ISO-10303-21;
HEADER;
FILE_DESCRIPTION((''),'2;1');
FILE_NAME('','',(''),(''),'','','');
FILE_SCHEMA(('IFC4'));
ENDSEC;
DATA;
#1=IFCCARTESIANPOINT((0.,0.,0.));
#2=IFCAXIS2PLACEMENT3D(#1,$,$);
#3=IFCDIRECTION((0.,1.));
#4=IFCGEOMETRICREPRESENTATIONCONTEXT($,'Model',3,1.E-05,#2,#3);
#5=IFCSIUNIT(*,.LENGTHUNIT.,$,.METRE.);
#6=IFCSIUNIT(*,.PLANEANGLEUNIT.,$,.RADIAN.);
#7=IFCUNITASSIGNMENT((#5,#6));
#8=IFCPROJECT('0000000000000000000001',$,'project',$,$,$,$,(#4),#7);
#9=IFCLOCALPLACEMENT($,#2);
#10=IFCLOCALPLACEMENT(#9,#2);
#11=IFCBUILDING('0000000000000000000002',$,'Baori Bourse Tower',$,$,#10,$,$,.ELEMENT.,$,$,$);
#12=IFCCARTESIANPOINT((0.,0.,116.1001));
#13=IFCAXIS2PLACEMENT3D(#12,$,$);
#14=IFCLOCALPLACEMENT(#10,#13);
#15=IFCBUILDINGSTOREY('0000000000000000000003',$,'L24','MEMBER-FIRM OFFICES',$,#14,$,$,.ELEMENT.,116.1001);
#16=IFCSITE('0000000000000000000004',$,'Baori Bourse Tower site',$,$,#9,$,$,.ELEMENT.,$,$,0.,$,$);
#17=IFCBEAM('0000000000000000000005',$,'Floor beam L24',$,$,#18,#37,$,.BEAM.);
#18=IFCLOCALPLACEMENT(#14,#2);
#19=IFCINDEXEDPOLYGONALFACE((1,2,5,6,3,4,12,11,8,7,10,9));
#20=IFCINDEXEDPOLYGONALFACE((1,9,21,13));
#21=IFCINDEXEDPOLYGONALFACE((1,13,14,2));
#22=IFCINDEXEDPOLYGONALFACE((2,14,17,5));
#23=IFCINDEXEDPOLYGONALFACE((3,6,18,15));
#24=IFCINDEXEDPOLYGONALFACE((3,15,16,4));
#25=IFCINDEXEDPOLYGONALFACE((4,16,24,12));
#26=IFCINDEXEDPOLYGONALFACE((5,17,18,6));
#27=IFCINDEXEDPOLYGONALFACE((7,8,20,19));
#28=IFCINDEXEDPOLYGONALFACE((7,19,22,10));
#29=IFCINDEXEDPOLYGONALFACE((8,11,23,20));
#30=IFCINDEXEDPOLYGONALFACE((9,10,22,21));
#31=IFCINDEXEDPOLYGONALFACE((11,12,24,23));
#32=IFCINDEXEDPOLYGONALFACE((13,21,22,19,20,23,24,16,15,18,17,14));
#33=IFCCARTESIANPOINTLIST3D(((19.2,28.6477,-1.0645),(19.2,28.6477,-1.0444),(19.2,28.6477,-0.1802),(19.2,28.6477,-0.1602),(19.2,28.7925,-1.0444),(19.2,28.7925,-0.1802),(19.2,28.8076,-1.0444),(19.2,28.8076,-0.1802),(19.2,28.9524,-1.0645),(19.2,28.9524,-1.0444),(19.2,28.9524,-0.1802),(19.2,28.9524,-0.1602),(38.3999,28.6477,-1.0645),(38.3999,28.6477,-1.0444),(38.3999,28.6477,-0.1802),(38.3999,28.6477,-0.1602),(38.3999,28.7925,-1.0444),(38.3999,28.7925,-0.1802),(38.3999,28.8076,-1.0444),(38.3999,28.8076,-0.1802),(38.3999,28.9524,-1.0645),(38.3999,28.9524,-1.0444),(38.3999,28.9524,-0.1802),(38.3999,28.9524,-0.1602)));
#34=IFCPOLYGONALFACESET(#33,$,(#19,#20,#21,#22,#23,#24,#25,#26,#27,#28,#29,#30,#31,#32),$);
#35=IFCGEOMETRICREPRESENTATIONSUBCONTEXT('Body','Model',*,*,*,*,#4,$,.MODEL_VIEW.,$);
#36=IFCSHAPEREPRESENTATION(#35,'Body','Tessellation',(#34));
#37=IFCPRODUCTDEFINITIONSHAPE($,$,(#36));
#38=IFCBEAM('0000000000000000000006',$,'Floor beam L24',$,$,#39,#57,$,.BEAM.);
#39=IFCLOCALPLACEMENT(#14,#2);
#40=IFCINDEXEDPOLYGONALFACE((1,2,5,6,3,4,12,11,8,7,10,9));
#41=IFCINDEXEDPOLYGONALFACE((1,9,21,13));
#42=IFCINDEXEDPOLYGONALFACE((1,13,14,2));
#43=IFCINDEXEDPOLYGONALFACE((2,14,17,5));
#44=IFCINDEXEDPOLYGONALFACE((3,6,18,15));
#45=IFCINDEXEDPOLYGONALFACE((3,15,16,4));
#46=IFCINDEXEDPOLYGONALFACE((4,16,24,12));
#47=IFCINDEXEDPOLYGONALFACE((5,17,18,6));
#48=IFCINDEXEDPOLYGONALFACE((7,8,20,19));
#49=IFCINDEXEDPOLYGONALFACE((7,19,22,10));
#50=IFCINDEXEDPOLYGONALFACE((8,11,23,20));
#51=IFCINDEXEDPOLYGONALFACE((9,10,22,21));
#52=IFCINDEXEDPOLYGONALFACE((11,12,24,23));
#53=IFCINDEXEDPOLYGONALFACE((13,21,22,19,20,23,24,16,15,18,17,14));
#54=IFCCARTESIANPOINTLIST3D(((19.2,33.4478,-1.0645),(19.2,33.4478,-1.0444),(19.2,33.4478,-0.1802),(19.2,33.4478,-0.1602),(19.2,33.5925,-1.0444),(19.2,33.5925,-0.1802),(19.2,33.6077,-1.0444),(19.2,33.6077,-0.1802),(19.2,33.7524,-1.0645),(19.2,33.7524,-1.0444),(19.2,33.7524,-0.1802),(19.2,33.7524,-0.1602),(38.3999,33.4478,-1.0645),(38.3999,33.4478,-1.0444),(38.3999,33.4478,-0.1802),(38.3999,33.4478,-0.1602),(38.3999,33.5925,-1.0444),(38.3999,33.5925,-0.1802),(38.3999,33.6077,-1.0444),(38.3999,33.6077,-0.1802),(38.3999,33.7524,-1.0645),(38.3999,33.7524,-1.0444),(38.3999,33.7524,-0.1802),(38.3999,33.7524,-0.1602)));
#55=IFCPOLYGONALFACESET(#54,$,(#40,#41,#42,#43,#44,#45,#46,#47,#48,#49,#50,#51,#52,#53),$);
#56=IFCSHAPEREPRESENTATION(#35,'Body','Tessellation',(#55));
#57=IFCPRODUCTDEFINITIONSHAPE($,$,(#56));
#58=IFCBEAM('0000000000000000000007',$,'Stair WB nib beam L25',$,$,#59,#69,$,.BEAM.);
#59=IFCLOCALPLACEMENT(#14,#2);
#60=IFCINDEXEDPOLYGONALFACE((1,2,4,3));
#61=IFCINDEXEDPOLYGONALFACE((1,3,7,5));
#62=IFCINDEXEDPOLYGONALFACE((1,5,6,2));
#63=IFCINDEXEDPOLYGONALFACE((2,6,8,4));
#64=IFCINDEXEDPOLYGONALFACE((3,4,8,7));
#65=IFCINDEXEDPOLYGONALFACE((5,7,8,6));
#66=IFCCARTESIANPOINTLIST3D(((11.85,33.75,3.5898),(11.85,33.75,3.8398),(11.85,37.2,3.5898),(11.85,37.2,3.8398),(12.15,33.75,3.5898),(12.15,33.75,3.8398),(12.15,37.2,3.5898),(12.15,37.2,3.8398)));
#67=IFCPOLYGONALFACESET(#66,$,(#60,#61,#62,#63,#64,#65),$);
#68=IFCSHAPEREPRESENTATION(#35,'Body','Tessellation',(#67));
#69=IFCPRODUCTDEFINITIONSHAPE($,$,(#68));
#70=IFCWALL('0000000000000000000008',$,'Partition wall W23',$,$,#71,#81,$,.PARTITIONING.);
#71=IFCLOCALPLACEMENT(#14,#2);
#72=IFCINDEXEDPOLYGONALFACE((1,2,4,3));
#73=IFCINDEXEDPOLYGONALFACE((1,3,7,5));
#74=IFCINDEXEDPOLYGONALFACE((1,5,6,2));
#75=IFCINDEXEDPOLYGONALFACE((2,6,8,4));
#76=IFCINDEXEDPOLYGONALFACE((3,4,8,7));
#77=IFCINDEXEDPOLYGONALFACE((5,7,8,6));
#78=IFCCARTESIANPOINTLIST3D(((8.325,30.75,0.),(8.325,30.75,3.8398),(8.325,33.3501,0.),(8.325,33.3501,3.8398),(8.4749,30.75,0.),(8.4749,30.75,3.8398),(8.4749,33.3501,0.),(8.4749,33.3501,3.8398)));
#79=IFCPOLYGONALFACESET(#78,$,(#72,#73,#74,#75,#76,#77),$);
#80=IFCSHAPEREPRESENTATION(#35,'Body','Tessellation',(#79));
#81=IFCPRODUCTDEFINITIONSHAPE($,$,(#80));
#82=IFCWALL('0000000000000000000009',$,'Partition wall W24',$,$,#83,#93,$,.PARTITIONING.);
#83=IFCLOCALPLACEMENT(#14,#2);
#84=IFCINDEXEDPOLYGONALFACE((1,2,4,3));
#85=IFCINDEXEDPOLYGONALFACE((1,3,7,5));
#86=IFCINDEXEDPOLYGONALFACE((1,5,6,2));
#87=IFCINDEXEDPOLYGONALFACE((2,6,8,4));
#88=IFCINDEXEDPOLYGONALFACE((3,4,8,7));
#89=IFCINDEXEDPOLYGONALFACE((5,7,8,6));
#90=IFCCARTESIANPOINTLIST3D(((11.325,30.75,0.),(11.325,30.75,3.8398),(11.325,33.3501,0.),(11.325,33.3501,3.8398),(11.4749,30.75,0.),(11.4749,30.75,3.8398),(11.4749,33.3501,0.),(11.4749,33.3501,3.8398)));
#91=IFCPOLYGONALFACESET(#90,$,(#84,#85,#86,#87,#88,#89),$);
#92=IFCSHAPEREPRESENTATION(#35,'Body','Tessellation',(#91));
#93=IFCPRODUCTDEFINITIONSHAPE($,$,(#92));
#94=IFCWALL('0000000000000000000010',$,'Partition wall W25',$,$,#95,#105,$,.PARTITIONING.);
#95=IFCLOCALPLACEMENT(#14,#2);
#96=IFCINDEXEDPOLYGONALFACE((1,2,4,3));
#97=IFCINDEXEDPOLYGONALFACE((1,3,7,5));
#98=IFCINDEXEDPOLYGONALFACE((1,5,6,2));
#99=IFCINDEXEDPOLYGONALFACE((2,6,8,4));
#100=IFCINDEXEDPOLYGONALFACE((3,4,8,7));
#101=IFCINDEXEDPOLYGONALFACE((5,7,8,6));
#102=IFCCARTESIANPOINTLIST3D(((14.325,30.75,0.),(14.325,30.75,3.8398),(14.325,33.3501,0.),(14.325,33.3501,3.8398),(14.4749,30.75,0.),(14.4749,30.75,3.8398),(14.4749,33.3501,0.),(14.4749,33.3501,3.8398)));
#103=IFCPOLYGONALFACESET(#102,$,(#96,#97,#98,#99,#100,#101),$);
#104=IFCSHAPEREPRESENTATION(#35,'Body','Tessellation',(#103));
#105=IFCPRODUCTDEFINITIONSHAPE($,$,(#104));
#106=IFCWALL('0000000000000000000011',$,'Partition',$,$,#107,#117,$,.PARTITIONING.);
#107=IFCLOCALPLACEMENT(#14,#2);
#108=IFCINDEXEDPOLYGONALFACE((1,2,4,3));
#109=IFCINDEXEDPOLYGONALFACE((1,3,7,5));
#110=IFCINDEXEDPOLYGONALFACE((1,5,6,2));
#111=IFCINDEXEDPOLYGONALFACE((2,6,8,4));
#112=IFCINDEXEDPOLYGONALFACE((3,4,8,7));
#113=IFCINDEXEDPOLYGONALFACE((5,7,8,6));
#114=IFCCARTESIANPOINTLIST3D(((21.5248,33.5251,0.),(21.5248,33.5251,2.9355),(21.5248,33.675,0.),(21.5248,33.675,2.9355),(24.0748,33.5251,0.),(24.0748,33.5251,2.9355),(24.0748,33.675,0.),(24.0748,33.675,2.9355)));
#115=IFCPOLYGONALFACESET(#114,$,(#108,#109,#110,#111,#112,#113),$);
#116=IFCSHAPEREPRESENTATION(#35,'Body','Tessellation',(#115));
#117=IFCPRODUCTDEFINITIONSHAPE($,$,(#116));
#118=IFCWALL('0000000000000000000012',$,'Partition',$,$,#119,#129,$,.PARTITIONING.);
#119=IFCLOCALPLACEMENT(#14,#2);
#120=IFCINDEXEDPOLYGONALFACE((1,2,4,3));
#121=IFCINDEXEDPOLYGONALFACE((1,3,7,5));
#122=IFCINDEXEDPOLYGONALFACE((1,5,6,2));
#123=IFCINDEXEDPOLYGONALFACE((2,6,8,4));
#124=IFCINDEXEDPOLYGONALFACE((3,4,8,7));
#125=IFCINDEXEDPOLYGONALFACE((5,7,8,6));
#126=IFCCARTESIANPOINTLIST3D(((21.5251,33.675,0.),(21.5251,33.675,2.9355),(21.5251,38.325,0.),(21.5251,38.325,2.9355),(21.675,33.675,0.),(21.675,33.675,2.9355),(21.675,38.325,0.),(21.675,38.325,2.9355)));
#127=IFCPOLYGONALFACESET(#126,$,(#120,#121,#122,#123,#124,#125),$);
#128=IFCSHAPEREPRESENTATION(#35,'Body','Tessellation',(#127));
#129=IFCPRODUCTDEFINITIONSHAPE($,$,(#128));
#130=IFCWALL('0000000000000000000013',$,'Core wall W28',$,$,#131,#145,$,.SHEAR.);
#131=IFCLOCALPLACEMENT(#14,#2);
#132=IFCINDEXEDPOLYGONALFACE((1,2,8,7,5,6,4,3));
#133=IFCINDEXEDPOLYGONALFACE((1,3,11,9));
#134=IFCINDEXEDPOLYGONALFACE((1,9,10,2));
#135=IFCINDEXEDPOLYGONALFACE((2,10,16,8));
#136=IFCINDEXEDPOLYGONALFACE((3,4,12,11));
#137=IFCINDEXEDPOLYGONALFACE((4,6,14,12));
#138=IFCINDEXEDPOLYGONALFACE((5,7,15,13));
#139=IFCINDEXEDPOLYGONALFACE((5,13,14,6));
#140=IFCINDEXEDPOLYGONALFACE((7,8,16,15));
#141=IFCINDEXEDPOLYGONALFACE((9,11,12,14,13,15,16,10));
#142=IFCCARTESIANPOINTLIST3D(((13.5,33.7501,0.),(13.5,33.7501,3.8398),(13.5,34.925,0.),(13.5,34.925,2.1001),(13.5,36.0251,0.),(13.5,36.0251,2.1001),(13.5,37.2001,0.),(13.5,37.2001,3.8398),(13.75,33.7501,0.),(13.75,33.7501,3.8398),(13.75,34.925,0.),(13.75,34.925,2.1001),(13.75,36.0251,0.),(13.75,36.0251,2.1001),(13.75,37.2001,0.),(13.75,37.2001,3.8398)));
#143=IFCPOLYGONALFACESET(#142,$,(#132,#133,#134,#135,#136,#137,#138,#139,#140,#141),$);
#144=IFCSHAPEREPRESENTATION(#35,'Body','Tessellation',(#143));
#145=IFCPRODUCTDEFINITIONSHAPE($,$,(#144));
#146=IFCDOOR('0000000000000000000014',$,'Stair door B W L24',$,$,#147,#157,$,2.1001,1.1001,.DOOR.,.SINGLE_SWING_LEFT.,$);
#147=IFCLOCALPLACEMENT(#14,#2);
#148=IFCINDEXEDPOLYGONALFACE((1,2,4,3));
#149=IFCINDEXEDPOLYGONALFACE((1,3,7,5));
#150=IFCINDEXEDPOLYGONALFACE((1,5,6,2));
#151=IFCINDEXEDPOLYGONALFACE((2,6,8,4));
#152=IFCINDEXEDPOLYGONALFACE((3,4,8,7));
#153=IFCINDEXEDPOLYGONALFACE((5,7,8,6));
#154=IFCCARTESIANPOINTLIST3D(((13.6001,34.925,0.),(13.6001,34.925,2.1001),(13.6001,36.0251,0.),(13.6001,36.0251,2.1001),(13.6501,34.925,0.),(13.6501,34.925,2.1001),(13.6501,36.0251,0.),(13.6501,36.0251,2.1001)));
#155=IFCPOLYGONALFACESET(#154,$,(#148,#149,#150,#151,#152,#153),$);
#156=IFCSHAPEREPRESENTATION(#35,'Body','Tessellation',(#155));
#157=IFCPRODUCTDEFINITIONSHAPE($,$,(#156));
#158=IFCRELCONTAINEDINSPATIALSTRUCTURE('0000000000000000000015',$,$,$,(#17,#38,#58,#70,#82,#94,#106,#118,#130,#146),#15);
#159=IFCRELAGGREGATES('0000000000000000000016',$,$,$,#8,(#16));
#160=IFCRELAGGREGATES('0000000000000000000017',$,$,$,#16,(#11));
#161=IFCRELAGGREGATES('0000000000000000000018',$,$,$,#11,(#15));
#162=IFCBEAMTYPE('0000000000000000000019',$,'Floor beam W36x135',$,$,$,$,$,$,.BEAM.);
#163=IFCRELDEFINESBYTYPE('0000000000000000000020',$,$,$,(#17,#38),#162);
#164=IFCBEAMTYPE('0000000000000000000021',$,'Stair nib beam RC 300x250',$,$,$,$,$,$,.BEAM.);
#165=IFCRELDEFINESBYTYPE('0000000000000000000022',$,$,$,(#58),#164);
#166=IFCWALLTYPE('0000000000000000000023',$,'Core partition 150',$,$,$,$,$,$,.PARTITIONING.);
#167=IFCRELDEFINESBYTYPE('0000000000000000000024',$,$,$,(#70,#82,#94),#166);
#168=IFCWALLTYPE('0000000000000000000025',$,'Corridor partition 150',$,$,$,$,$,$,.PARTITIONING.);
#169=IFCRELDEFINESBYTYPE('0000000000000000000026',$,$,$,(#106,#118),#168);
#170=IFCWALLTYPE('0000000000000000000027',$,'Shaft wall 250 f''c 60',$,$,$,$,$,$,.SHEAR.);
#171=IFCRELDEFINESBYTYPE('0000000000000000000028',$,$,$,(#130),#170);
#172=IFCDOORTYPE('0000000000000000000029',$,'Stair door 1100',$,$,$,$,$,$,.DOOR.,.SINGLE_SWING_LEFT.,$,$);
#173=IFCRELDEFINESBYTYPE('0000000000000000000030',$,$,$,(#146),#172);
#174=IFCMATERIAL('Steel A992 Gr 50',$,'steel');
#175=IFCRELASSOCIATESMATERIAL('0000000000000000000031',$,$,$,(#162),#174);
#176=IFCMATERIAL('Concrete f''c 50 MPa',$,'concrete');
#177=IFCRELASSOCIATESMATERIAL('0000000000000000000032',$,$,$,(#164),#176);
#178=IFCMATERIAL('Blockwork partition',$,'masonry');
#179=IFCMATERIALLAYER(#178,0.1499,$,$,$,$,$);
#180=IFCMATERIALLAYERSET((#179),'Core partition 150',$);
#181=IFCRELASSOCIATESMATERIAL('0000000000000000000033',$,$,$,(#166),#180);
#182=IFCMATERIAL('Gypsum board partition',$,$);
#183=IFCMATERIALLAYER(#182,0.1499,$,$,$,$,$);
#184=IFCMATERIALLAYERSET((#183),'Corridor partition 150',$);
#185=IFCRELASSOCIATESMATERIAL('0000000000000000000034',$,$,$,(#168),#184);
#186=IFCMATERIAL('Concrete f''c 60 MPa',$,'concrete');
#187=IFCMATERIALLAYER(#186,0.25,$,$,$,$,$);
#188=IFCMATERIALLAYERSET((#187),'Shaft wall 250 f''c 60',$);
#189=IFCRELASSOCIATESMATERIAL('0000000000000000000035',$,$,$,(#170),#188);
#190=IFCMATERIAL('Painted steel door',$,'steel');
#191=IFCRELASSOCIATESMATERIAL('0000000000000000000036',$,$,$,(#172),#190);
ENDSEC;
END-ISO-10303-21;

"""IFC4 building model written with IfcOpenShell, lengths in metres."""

from ifc_helpers import new_model, si_unit, direction, frame, frame_2d, origin, origin_2d, place, context, subcontext, project, spatial, rectangle, i_section, extrude, material, layer, layer_set, material_profile, profile_set, type_object, element, fill, save


model = new_model("IFC4")

# Units and contexts
model_context = context("Model", 3, precision=1e-05, world=origin(), true_north=direction((0.0, 1.0)))
body_context = subcontext(model_context, "Body", "Model", "MODEL_VIEW")
ifc_project = project(units=[si_unit("LENGTHUNIT", "METRE"), si_unit("PLANEANGLEUNIT", "RADIAN")], contexts=[model_context])

# Site, building, storey
site_placement = place(None, origin())
site = spatial("IfcSite", under=ifc_project, at=site_placement, Name="Baori Bourse Tower site", CompositionType="ELEMENT", RefElevation=0.0)
building_placement = place(site_placement, origin())
building = spatial("IfcBuilding", under=site, at=building_placement, Name="Baori Bourse Tower", CompositionType="ELEMENT")
storey_placement = place(building_placement, frame((0.0, 0.0, 116.1001)))
storey = spatial("IfcBuildingStorey", under=building, at=storey_placement, Name="L24", Description="MEMBER-FIRM OFFICES", CompositionType="ELEMENT", Elevation=116.1001)

# Beams
ifc_material_1 = material(Name="Steel A992 Gr 50", Category="steel")
ifc_material_profile_1 = material_profile(ifc_material_1, i_section(OverallWidth=0.3047, OverallDepth=0.9043, WebThickness=0.0151, FlangeThickness=0.02, at=origin_2d()), Name="W36x135")
ifc_profile_set_1 = profile_set([ifc_material_profile_1], Name="Steel A992 Gr 50")
beam_type_1 = type_object("IfcBeamType", Name="Floor beam W36x135", PredefinedType="BEAM", material=ifc_profile_set_1)
for number, where, z_axis, x_axis, name in (
    (1, (19.2, 28.8, -0.6123), (1.0, 0.0, 0.0), (0.0, 1.0, 0.0), "Floor beam L24"),
    (2, (19.2, 33.6001, -0.6123), (1.0, 0.0, 0.0), (0.0, 1.0, 0.0), "Floor beam L24"),
):
    element("IfcBeam", number, at=place(storey_placement, frame(where, z_axis=z_axis, x_axis=x_axis)), inside=storey, type_object=beam_type_1, Name=name, PredefinedType="BEAM", context=body_context, shape_type="SweptSolid", body=[
        extrude(i_section(OverallWidth=0.3047, OverallDepth=0.9043, WebThickness=0.0151, FlangeThickness=0.02, at=origin_2d()), origin(), (0.0, 0.0, 1.0), 19.2),
    ])
ifc_material_2 = material(Name="Concrete f'c 50 MPa", Category="concrete")
ifc_material_profile_2 = material_profile(ifc_material_2, rectangle(XDim=0.3, YDim=0.25, at=origin_2d()), Name="RC 300x250")
ifc_profile_set_2 = profile_set([ifc_material_profile_2], Name="Concrete f'c 50 MPa")
beam_type_2 = type_object("IfcBeamType", Name="Stair nib beam RC 300x250", PredefinedType="BEAM", material=ifc_profile_set_2)
beam_placement = place(storey_placement, frame((12.0, 33.75, 3.7148), z_axis=(0.0, 1.0, 0.0), x_axis=(-1.0, 0.0, 0.0)))
element("IfcBeam", 3, at=beam_placement, inside=storey, type_object=beam_type_2, Name="Stair WB nib beam L25", PredefinedType="BEAM", context=body_context, shape_type="SweptSolid", body=[
    extrude(rectangle(XDim=0.3, YDim=0.25, at=origin_2d()), origin(), (0.0, 0.0, 1.0), 3.45),
])

# Walls
ifc_material_3 = material(Name="Blockwork partition", Category="masonry")
ifc_layer_1 = layer(ifc_material_3, 0.1499)
ifc_layer_set_1 = layer_set([ifc_layer_1], Name="Core partition 150")
wall_type_1 = type_object("IfcWallType", Name="Core partition 150", PredefinedType="PARTITIONING", material=ifc_layer_set_1)
for number, where, z_axis, x_axis, name in (
    (4, (8.3999, 30.75, 0.0), (0.0, 0.0, 1.0), (0.0, 1.0, 0.0), "Partition wall W23"),
    (5, (11.3999, 30.75, 0.0), (0.0, 0.0, 1.0), (0.0, 1.0, 0.0), "Partition wall W24"),
    (6, (14.3999, 30.75, 0.0), (0.0, 0.0, 1.0), (0.0, 1.0, 0.0), "Partition wall W25"),
):
    element("IfcWall", number, at=place(storey_placement, frame(where, z_axis=z_axis, x_axis=x_axis)), inside=storey, type_object=wall_type_1, Name=name, PredefinedType="PARTITIONING", context=body_context, shape_type="SweptSolid", body=[
        extrude(rectangle(XDim=2.6001, YDim=0.1499, at=frame_2d((1.3, 0.0))), origin(), (0.0, 0.0, 1.0), 3.8398),
    ])
ifc_material_4 = material(Name="Gypsum board partition")
ifc_layer_2 = layer(ifc_material_4, 0.1499)
ifc_layer_set_2 = layer_set([ifc_layer_2], Name="Corridor partition 150")
wall_type_2 = type_object("IfcWallType", Name="Corridor partition 150", PredefinedType="PARTITIONING", material=ifc_layer_set_2)
wall_1_placement = place(storey_placement, frame((21.5249, 33.6001, 0.0), z_axis=(0.0, 0.0, 1.0), x_axis=(1.0, 0.0, 0.0)))
element("IfcWall", 7, at=wall_1_placement, inside=storey, type_object=wall_type_2, Name="Partition", PredefinedType="PARTITIONING", context=body_context, shape_type="SweptSolid", body=[
    extrude(rectangle(XDim=2.55, YDim=0.1499, at=frame_2d((1.2749, 0.0))), origin(), (0.0, 0.0, 1.0), 2.9355),
])
wall_2_placement = place(storey_placement, frame((21.6001, 33.675, 0.0), z_axis=(0.0, 0.0, 1.0), x_axis=(0.0, 1.0, 0.0)))
element("IfcWall", 8, at=wall_2_placement, inside=storey, type_object=wall_type_2, Name="Partition", PredefinedType="PARTITIONING", context=body_context, shape_type="SweptSolid", body=[
    extrude(rectangle(XDim=4.6499, YDim=0.1499, at=frame_2d((2.325, 0.0))), origin(), (0.0, 0.0, 1.0), 2.9355),
])

# Wall, opening, door
ifc_material_5 = material(Name="Concrete f'c 60 MPa", Category="concrete")
ifc_layer_3 = layer(ifc_material_5, 0.25)
ifc_layer_set_3 = layer_set([ifc_layer_3], Name="Shaft wall 250 f'c 60")
wall_type_3 = type_object("IfcWallType", Name="Shaft wall 250 f'c 60", PredefinedType="SHEAR", material=ifc_layer_set_3)
wall_3_placement = place(storey_placement, frame((13.625, 33.75, 0.0), z_axis=(0.0, 0.0, 1.0), x_axis=(0.0, 1.0, 0.0)))
wall_3 = element("IfcWall", 9, at=wall_3_placement, inside=storey, type_object=wall_type_3, Name="Core wall W28", PredefinedType="SHEAR", context=body_context, shape_type="SweptSolid", body=[
    extrude(rectangle(XDim=3.45, YDim=0.25, at=frame_2d((1.7251, 0.0))), origin(), (0.0, 0.0, 1.0), 3.8398),
])
opening_placement = place(wall_3_placement, frame((1.175, 0.0, 0.0)))
opening = element("IfcOpeningElement", 10, at=opening_placement, cuts=wall_3, PredefinedType="OPENING", context=body_context, shape_type="SweptSolid", body=[
    extrude(rectangle(XDim=1.1001, YDim=2.1001, at=frame_2d((0.55, 1.05))), frame((0.0, 0.135, 0.0), z_axis=(0.0, -1.0, 0.0), x_axis=(1.0, 0.0, 0.0)), (0.0, 0.0, 1.0), 0.27),
])
ifc_material_6 = material(Name="Painted steel door", Category="steel")
door_type = type_object("IfcDoorType", Name="Stair door 1100", OperationType="SINGLE_SWING_LEFT", PredefinedType="DOOR", material=ifc_material_6)
door_placement = place(opening_placement, origin())
door = element("IfcDoor", 11, at=door_placement, inside=storey, type_object=door_type, Name="Stair door B W L24", OperationType="SINGLE_SWING_LEFT", OverallHeight=2.1001, OverallWidth=1.1001, PredefinedType="DOOR", context=body_context, shape_type="SweptSolid", body=[
    extrude(rectangle(XDim=1.1001, YDim=2.1001, at=frame_2d((0.55, 1.05))), frame((0.0, 0.0249, 0.0), z_axis=(0.0, -1.0, 0.0), x_axis=(1.0, 0.0, 0.0)), (0.0, 0.0, 1.0), 0.05),
])
fill(opening, door)

save(model, "model.ifc")
